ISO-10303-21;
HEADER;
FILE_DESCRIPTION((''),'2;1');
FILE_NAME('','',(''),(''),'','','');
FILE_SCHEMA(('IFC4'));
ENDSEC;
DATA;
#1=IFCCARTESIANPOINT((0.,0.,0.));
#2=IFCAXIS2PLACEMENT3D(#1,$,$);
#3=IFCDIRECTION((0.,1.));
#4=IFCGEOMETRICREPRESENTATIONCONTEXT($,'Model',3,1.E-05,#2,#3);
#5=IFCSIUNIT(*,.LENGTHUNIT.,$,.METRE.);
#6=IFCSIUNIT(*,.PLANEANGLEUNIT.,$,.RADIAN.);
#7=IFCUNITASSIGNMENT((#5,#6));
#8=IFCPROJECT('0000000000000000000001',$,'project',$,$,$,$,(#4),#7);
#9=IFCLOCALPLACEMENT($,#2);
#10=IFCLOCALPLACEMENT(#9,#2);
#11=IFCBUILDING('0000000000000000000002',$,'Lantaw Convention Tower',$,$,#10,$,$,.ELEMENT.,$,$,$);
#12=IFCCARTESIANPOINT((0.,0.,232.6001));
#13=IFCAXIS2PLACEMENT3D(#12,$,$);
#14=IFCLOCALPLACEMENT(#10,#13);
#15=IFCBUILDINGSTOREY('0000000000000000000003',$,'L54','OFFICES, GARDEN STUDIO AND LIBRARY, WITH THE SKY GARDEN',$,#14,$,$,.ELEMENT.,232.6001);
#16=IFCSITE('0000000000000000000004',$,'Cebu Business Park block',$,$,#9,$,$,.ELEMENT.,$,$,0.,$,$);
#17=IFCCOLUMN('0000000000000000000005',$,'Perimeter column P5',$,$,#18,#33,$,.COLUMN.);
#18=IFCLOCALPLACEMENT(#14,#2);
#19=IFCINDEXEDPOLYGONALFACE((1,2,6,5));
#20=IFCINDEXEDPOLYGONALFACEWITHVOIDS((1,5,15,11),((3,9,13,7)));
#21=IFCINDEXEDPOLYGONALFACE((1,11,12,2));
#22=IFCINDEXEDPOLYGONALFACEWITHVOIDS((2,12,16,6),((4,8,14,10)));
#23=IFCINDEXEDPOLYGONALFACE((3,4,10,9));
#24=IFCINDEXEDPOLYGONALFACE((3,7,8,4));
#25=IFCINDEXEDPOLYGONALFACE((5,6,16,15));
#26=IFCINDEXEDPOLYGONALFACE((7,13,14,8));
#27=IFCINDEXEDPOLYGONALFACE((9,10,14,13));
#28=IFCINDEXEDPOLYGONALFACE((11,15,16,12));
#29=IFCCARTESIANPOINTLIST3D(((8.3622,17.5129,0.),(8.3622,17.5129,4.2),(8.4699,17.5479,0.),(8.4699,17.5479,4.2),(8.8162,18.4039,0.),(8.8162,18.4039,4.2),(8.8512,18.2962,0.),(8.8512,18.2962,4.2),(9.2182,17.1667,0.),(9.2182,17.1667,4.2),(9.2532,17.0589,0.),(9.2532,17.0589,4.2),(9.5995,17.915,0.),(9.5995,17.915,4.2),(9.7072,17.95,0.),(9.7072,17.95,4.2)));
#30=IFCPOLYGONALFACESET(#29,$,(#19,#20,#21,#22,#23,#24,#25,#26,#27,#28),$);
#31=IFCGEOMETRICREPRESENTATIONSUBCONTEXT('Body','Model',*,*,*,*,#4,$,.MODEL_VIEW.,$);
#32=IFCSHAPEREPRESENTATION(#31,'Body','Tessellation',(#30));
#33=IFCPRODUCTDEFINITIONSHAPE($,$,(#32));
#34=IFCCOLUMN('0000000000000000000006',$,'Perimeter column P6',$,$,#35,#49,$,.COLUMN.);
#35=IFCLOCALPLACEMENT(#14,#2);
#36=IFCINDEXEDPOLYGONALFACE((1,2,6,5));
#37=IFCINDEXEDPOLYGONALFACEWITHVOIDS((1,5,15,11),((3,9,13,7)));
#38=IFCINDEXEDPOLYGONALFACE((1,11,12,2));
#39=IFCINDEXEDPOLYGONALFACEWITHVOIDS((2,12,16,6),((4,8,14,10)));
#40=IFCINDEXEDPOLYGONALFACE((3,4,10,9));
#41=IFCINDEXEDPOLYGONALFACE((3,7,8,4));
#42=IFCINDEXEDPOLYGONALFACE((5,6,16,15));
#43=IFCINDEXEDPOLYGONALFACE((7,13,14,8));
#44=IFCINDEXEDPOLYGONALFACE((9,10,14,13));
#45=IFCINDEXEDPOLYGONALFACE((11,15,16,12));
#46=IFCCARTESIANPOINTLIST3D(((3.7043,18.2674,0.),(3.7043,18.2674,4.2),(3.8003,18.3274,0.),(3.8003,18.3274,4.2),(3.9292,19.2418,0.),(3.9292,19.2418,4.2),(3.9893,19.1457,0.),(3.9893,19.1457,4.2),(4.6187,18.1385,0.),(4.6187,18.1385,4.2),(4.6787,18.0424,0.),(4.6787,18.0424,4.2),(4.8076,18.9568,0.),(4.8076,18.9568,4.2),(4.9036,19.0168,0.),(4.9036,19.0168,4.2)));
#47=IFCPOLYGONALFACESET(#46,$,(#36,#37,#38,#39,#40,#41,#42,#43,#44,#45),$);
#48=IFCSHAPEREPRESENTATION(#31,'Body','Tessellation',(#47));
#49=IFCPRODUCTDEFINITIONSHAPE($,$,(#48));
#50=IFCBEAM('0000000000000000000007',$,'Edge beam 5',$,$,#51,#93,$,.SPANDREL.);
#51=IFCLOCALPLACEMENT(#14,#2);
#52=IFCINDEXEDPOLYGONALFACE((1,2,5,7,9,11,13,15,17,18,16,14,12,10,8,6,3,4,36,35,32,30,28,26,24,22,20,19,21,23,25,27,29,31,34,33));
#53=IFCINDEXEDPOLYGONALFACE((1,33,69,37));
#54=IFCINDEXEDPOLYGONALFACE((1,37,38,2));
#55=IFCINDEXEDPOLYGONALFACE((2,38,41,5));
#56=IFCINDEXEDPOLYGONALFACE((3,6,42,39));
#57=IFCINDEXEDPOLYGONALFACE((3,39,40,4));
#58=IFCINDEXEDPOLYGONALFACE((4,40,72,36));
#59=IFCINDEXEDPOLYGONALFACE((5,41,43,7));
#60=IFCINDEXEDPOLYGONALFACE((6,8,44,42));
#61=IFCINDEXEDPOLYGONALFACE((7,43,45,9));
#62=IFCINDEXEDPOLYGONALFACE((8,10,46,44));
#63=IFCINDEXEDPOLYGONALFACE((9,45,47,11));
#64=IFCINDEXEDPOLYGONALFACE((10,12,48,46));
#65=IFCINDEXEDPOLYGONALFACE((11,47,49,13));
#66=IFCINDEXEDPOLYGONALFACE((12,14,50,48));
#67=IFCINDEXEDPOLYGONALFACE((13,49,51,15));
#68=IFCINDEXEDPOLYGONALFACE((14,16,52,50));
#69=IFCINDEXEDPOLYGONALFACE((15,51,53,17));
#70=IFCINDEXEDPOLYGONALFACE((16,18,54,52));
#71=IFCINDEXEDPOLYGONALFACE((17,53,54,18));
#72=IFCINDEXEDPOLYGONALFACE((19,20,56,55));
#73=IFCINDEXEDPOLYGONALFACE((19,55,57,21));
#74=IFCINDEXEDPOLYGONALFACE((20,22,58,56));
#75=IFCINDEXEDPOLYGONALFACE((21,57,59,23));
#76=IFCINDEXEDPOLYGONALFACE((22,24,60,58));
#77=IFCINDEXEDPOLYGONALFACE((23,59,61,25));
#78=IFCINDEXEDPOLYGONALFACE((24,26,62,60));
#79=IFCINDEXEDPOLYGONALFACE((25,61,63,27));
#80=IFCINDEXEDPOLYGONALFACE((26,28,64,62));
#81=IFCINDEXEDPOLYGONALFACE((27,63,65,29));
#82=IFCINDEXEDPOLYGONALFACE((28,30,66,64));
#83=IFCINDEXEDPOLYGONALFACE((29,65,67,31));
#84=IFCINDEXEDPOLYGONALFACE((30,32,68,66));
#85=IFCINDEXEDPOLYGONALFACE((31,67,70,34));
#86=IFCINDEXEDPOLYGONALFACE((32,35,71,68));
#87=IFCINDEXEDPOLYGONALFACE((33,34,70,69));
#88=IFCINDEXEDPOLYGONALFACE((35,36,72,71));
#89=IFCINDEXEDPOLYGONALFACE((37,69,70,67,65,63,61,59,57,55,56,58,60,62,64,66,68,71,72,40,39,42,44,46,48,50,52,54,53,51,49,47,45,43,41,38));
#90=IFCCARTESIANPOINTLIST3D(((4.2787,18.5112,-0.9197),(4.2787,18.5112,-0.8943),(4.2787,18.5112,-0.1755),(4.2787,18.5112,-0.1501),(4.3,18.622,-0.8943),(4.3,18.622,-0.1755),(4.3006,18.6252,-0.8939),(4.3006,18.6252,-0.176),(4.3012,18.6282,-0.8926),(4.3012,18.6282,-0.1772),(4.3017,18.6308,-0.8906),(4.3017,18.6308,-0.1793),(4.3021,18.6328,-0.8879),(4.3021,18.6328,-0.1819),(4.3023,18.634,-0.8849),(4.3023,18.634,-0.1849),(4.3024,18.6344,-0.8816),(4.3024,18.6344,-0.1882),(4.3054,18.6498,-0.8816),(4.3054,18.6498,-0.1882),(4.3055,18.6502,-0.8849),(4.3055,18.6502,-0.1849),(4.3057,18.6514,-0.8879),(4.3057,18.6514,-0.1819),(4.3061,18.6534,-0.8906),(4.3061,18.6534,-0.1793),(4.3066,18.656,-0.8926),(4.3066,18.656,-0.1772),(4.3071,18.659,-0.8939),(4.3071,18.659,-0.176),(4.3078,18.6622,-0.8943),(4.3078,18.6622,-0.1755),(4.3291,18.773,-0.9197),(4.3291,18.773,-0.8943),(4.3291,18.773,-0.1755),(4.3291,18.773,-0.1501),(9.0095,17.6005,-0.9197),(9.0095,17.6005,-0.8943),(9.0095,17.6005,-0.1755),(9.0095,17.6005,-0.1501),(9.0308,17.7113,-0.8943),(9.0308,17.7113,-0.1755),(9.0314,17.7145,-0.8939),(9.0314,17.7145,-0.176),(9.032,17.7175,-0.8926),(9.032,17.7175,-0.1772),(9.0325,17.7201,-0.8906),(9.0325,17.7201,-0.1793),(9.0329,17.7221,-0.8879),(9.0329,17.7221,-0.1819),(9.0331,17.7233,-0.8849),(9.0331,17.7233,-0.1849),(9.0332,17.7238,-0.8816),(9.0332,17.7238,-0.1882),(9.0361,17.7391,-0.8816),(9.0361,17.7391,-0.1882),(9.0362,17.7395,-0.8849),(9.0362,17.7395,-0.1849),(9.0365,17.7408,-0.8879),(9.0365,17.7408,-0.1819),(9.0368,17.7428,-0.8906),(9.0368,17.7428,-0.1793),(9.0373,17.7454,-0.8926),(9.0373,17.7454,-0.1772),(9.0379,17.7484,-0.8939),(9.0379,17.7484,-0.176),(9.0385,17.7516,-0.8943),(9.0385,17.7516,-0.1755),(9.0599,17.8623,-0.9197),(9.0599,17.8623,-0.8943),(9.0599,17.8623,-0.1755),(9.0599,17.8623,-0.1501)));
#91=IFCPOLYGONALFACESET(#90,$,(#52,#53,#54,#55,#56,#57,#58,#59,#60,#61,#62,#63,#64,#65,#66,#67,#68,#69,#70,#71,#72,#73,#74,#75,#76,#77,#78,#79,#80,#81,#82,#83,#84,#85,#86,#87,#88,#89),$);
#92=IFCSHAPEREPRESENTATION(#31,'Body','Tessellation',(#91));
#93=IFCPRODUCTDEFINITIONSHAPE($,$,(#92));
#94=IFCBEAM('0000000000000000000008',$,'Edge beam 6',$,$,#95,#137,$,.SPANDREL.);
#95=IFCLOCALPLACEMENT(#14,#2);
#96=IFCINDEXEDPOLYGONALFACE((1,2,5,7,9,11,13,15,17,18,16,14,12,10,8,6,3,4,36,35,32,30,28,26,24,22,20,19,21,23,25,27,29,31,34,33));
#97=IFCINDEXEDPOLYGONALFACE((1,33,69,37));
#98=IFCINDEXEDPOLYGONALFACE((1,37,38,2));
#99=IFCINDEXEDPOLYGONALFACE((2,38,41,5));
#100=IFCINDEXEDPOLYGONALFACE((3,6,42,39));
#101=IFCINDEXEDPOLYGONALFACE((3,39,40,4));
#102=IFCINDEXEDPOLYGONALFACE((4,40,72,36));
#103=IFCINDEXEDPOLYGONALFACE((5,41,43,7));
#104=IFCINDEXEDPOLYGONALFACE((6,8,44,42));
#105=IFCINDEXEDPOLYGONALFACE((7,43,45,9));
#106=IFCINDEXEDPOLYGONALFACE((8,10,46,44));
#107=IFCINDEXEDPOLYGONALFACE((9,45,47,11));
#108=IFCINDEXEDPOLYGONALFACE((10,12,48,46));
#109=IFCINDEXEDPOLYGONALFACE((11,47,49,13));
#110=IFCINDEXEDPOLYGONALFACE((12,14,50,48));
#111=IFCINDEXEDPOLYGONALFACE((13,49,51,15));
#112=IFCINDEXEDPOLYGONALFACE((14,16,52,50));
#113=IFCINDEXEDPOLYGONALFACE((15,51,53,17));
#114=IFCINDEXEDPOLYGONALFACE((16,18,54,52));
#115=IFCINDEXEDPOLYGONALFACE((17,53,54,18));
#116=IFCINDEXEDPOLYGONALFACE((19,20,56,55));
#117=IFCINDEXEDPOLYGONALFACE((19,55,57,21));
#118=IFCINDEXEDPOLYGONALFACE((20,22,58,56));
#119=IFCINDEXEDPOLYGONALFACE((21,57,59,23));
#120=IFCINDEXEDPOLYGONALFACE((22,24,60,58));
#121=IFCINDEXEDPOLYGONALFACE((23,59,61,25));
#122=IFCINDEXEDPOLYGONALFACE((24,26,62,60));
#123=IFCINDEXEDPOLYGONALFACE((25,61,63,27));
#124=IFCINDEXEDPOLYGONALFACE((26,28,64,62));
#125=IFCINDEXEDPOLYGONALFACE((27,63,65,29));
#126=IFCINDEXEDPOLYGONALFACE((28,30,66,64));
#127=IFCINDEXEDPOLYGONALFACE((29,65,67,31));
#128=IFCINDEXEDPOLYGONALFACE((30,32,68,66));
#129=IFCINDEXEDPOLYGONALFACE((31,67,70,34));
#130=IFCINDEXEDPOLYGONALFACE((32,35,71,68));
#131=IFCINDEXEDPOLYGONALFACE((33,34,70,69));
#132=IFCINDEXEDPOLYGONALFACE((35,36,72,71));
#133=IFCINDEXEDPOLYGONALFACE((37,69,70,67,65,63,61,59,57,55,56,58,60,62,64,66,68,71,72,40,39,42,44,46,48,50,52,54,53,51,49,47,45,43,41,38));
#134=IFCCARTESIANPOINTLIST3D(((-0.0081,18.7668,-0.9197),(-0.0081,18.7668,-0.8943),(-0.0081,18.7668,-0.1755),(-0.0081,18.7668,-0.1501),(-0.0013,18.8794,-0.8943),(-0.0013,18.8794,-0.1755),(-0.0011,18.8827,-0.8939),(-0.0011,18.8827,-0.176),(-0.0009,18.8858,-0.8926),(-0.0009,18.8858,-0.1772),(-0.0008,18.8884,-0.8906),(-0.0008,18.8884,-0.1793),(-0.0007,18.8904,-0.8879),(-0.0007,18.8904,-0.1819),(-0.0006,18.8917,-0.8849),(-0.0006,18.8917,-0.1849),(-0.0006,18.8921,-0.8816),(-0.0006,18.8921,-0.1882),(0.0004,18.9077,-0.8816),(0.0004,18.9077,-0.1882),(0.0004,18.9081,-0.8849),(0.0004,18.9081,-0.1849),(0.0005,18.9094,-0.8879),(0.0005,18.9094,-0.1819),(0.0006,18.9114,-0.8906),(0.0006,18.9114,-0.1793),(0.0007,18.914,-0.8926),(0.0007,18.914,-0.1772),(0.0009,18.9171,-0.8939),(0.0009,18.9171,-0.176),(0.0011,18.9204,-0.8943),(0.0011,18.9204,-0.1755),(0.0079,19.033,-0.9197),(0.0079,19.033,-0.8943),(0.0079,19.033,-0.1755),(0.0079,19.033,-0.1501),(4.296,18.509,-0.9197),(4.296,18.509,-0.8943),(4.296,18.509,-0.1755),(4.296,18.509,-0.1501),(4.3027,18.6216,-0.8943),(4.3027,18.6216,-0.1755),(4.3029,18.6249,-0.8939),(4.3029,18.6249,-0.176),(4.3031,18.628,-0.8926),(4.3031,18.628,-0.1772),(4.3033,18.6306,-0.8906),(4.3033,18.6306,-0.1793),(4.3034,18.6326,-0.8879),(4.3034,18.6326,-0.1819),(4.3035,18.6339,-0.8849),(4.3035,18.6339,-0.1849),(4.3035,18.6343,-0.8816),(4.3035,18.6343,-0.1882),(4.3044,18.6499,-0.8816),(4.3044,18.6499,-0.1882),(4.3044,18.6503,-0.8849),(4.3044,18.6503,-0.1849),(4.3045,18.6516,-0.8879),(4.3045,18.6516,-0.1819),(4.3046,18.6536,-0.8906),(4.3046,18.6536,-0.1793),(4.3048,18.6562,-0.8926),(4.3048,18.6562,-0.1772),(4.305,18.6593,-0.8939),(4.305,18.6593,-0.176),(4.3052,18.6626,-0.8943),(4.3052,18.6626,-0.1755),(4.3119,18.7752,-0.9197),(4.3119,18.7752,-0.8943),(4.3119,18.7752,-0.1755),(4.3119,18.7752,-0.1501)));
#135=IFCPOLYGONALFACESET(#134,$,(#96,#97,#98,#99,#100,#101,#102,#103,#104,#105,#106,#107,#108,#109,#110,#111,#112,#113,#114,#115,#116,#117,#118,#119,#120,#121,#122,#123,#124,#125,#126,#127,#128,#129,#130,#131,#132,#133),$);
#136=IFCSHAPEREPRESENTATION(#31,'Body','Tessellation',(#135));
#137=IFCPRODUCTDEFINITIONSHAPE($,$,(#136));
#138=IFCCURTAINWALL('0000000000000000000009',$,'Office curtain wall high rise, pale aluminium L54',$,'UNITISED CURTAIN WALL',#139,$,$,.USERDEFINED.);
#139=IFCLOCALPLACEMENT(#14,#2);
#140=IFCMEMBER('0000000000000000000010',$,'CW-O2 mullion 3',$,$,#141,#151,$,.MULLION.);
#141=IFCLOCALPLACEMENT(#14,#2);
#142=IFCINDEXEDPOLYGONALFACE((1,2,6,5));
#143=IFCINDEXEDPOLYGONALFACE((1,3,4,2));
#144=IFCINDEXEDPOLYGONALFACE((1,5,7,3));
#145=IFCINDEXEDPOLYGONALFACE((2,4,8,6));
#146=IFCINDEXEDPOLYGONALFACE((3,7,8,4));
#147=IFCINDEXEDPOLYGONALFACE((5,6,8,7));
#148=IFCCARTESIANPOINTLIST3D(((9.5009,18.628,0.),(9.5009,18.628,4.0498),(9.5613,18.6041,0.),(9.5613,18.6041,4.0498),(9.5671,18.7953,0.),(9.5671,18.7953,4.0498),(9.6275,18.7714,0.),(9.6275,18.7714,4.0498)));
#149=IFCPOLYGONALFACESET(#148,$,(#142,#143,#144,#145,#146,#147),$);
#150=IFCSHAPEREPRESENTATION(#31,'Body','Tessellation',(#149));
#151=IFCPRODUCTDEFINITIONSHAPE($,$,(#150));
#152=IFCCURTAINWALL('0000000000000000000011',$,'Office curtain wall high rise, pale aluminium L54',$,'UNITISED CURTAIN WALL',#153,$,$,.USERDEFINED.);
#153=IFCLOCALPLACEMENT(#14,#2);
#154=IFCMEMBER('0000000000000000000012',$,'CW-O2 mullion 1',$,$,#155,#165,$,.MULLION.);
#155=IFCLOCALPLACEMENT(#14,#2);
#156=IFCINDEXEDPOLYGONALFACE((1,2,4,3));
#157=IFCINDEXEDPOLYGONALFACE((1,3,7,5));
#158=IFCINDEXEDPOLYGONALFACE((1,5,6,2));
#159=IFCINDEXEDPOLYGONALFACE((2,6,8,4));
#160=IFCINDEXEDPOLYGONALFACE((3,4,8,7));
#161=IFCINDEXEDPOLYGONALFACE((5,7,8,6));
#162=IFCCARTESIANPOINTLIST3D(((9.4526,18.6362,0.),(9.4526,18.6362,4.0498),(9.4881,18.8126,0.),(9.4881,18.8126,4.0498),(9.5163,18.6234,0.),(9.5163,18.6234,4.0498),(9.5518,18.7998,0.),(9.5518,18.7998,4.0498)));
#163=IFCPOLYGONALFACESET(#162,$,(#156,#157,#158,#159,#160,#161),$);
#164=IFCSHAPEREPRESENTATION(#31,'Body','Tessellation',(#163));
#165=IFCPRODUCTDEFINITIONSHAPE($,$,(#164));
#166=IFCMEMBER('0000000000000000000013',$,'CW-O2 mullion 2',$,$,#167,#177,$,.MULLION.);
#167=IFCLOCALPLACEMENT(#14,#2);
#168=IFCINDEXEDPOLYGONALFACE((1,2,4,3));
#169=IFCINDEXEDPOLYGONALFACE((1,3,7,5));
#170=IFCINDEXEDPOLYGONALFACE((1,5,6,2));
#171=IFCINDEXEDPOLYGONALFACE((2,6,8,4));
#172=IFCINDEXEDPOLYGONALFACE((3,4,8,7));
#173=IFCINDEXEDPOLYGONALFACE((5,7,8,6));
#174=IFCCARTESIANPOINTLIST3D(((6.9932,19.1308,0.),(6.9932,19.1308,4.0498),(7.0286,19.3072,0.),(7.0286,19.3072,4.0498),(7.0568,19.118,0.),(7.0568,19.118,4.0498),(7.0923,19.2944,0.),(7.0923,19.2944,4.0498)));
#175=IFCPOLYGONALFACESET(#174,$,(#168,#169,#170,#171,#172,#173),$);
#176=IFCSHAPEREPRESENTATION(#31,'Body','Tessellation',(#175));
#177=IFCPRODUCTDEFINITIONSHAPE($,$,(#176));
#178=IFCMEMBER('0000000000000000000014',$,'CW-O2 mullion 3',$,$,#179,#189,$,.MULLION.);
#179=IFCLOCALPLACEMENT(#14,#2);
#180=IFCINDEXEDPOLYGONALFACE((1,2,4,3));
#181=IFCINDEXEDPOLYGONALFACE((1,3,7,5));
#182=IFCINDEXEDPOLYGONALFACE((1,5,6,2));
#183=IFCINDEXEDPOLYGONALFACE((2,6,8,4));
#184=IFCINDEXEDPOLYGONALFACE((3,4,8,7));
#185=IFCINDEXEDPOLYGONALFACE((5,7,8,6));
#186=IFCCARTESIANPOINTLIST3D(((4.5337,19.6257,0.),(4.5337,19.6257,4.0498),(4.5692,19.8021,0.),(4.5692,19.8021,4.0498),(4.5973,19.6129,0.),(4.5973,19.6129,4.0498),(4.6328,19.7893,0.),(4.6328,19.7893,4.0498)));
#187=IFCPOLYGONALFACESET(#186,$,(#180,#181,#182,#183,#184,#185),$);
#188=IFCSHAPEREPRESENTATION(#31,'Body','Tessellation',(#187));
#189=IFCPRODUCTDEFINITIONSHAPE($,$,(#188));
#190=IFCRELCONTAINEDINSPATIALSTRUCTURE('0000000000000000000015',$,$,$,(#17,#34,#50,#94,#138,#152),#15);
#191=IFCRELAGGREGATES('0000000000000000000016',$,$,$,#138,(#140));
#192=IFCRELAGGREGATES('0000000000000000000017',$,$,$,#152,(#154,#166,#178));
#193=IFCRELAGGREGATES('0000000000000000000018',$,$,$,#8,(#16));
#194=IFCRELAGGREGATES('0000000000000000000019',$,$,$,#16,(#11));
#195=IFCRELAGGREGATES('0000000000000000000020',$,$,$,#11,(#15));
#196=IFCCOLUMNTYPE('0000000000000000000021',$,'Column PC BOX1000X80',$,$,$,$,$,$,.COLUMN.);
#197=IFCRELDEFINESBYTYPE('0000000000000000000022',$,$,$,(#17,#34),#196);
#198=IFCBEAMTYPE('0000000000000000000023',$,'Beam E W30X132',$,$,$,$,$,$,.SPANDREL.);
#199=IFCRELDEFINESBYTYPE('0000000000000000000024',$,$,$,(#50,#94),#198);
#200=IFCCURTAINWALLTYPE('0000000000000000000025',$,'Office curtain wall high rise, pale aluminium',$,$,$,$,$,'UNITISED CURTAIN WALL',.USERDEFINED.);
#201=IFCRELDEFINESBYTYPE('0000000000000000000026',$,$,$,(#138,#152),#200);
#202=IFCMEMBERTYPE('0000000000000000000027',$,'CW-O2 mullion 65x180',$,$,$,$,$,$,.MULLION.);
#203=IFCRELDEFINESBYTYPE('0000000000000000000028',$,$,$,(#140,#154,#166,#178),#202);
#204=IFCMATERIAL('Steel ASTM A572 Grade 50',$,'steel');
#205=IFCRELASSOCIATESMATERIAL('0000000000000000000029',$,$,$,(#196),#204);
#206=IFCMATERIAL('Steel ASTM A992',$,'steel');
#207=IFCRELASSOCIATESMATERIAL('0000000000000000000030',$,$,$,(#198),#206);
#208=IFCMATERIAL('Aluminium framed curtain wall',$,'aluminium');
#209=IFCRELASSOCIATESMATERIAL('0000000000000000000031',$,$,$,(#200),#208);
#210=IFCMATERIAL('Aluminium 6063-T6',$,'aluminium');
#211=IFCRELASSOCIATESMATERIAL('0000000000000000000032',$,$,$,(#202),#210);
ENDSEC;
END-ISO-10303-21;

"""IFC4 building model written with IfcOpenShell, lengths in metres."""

from ifc_helpers import new_model, si_unit, direction, frame, origin, origin_2d, place, context, subcontext, project, spatial, rectangle, hollow_rectangle, i_section, extrude, material, material_profile, profile_set, type_object, element, aggregate, save


model = new_model("IFC4")

# Units and contexts
model_context = context("Model", 3, precision=1e-05, world=origin(), true_north=direction((0.0, 1.0)))
body_context = subcontext(model_context, "Body", "Model", "MODEL_VIEW")
ifc_project = project(units=[si_unit("LENGTHUNIT", "METRE"), si_unit("PLANEANGLEUNIT", "RADIAN")], contexts=[model_context])

# Site, building, storey
site_placement = place(None, origin())
site = spatial("IfcSite", under=ifc_project, at=site_placement, Name="Cebu Business Park block", CompositionType="ELEMENT", RefElevation=0.0)
building_placement = place(site_placement, origin())
building = spatial("IfcBuilding", under=site, at=building_placement, Name="Lantaw Convention Tower", CompositionType="ELEMENT")
storey_placement = place(building_placement, frame((0.0, 0.0, 232.6001)))
storey = spatial("IfcBuildingStorey", under=building, at=storey_placement, Name="L54", Description="OFFICES, GARDEN STUDIO AND LIBRARY, WITH THE SKY GARDEN", CompositionType="ELEMENT", Elevation=232.6001)

# Columns
ifc_material_1 = material(Name="Steel ASTM A572 Grade 50", Category="steel")
ifc_material_profile_1 = material_profile(ifc_material_1, hollow_rectangle(XDim=1.0, YDim=1.0, WallThickness=0.0801, at=origin_2d()), Name="BOX1000X80")
ifc_material_2 = material(Name="Concrete C60/75", Category="concrete")
ifc_material_profile_2 = material_profile(ifc_material_2, rectangle(XDim=0.8401, YDim=0.8401, at=origin_2d()), Name="Concrete fill of BOX1000X80")
ifc_profile_set_1 = profile_set([ifc_material_profile_1, ifc_material_profile_2], Name="Steel ASTM A572 Grade 50")
column_type = type_object("IfcColumnType", Name="Column PC BOX1000X80", PredefinedType="COLUMN", material=ifc_profile_set_1)
for number, where, z_axis, x_axis, name in (
    (1, (9.0347, 17.7314, 0.0), (0.0, 0.0, 1.0), (0.45399, 0.891007, 0.0), "Perimeter column P5"),
    (2, (4.304, 18.6421, 0.0), (0.0, 0.0, 1.0), (0.224951, 0.97437, 0.0), "Perimeter column P6"),
):
    element("IfcColumn", number, at=place(storey_placement, frame(where, z_axis=z_axis, x_axis=x_axis)), inside=storey, type_object=column_type, Name=name, PredefinedType="COLUMN", context=body_context, shape_type="SweptSolid", body=[
        extrude(hollow_rectangle(XDim=1.0, YDim=1.0, WallThickness=0.0801, at=origin_2d()), origin(), (0.0, 0.0, 1.0), 4.2),
    ])

# Beams
ifc_material_3 = material(Name="Steel ASTM A992", Category="steel")
ifc_material_profile_3 = material_profile(ifc_material_3, i_section(OverallWidth=0.2666, OverallDepth=0.7695, WebThickness=0.0156, FlangeThickness=0.0254, FilletRadius=0.0127, at=origin_2d()), Name="W30X132")
ifc_profile_set_2 = profile_set([ifc_material_profile_3], Name="Steel ASTM A992")
beam_type = type_object("IfcBeamType", Name="Beam E W30X132", PredefinedType="SPANDREL", material=ifc_profile_set_2)
beam_1_placement = place(storey_placement, frame((9.0347, 17.7314, -0.5349), z_axis=(-0.981972, 0.189026, 0.0), x_axis=(-0.189026, -0.981972, 0.0)))
element("IfcBeam", 3, at=beam_1_placement, inside=storey, type_object=beam_type, Name="Edge beam 5", PredefinedType="SPANDREL", context=body_context, shape_type="SweptSolid", body=[
    extrude(i_section(OverallWidth=0.2666, OverallDepth=0.7695, WebThickness=0.0156, FlangeThickness=0.0254, FilletRadius=0.0127, at=origin_2d()), origin(), (0.0, 0.0, 1.0), 4.8176),
])
beam_2_placement = place(storey_placement, frame((4.304, 18.6421, -0.5349), z_axis=(-0.998211, 0.059794, 0.0), x_axis=(-0.059794, -0.998211, 0.0)))
element("IfcBeam", 4, at=beam_2_placement, inside=storey, type_object=beam_type, Name="Edge beam 6", PredefinedType="SPANDREL", context=body_context, shape_type="SweptSolid", body=[
    extrude(i_section(OverallWidth=0.2666, OverallDepth=0.7695, WebThickness=0.0156, FlangeThickness=0.0254, FilletRadius=0.0127, at=origin_2d()), origin(), (0.0, 0.0, 1.0), 4.3118),
])

# Curtain wall, member
ifc_material_4 = material(Name="Aluminium framed curtain wall", Category="aluminium")
curtain_wall_type = type_object("IfcCurtainWallType", Name="Office curtain wall high rise, pale aluminium", ElementType="UNITISED CURTAIN WALL", PredefinedType="USERDEFINED", material=ifc_material_4)
curtain_wall_1_placement = place(storey_placement, origin())
curtain_wall_1 = element("IfcCurtainWall", 5, at=curtain_wall_1_placement, inside=storey, type_object=curtain_wall_type, Name="Office curtain wall high rise, pale aluminium L54", ObjectType="UNITISED CURTAIN WALL", PredefinedType="USERDEFINED")
ifc_material_5 = material(Name="Aluminium 6063-T6", Category="aluminium")
ifc_material_profile_4 = material_profile(ifc_material_5, rectangle(XDim=0.1799, YDim=0.0649, at=origin_2d()), Name="CW-O2 mullion 65x180")
ifc_profile_set_3 = profile_set([ifc_material_profile_4], Name="Aluminium 6063-T6")
member_type_1 = type_object("IfcMemberType", Name="CW-O2 mullion 65x180", PredefinedType="MULLION", material=ifc_profile_set_3)
member_1_placement = place(storey_placement, frame((9.5642, 18.6997, 0.0), z_axis=(0.0, 0.0, 1.0), x_axis=(-0.368162, -0.929762, 0.0)))
member_1 = element("IfcMember", 6, at=member_1_placement, type_object=member_type_1, Name="CW-O2 mullion 3", PredefinedType="MULLION", context=body_context, shape_type="SweptSolid", body=[
    extrude(rectangle(XDim=0.1799, YDim=0.0649, at=origin_2d()), origin(), (0.0, 0.0, 1.0), 4.0498),
])

# Curtain wall, members
curtain_wall_2_placement = place(storey_placement, origin())
curtain_wall_2 = element("IfcCurtainWall", 7, at=curtain_wall_2_placement, inside=storey, type_object=curtain_wall_type, Name="Office curtain wall high rise, pale aluminium L54", ObjectType="UNITISED CURTAIN WALL", PredefinedType="USERDEFINED")
member_2_placement = place(storey_placement, frame((9.5022, 18.718, 0.0), z_axis=(0.0, 0.0, 1.0), x_axis=(-0.197183, -0.980367, 0.0)))
member_2 = element("IfcMember", 8, at=member_2_placement, type_object=member_type_1, Name="CW-O2 mullion 1", PredefinedType="MULLION", context=body_context, shape_type="SweptSolid", body=[
    extrude(rectangle(XDim=0.1799, YDim=0.0649, at=origin_2d()), origin(), (0.0, 0.0, 1.0), 4.0498),
])
member_3_placement = place(storey_placement, frame((7.0427, 19.2126, 0.0), z_axis=(0.0, 0.0, 1.0), x_axis=(-0.197183, -0.980367, 0.0)))
member_3 = element("IfcMember", 9, at=member_3_placement, type_object=member_type_1, Name="CW-O2 mullion 2", PredefinedType="MULLION", context=body_context, shape_type="SweptSolid", body=[
    extrude(rectangle(XDim=0.1799, YDim=0.0649, at=origin_2d()), origin(), (0.0, 0.0, 1.0), 4.0498),
])
member_4_placement = place(storey_placement, frame((4.5833, 19.7075, 0.0), z_axis=(0.0, 0.0, 1.0), x_axis=(-0.197183, -0.980367, 0.0)))
member_4 = element("IfcMember", 10, at=member_4_placement, type_object=member_type_1, Name="CW-O2 mullion 3", PredefinedType="MULLION", context=body_context, shape_type="SweptSolid", body=[
    extrude(rectangle(XDim=0.1799, YDim=0.0649, at=origin_2d()), origin(), (0.0, 0.0, 1.0), 4.0498),
])

aggregate(curtain_wall_1, [member_1])
aggregate(curtain_wall_2, [member_2, member_3, member_4])

save(model, "model.ifc")
